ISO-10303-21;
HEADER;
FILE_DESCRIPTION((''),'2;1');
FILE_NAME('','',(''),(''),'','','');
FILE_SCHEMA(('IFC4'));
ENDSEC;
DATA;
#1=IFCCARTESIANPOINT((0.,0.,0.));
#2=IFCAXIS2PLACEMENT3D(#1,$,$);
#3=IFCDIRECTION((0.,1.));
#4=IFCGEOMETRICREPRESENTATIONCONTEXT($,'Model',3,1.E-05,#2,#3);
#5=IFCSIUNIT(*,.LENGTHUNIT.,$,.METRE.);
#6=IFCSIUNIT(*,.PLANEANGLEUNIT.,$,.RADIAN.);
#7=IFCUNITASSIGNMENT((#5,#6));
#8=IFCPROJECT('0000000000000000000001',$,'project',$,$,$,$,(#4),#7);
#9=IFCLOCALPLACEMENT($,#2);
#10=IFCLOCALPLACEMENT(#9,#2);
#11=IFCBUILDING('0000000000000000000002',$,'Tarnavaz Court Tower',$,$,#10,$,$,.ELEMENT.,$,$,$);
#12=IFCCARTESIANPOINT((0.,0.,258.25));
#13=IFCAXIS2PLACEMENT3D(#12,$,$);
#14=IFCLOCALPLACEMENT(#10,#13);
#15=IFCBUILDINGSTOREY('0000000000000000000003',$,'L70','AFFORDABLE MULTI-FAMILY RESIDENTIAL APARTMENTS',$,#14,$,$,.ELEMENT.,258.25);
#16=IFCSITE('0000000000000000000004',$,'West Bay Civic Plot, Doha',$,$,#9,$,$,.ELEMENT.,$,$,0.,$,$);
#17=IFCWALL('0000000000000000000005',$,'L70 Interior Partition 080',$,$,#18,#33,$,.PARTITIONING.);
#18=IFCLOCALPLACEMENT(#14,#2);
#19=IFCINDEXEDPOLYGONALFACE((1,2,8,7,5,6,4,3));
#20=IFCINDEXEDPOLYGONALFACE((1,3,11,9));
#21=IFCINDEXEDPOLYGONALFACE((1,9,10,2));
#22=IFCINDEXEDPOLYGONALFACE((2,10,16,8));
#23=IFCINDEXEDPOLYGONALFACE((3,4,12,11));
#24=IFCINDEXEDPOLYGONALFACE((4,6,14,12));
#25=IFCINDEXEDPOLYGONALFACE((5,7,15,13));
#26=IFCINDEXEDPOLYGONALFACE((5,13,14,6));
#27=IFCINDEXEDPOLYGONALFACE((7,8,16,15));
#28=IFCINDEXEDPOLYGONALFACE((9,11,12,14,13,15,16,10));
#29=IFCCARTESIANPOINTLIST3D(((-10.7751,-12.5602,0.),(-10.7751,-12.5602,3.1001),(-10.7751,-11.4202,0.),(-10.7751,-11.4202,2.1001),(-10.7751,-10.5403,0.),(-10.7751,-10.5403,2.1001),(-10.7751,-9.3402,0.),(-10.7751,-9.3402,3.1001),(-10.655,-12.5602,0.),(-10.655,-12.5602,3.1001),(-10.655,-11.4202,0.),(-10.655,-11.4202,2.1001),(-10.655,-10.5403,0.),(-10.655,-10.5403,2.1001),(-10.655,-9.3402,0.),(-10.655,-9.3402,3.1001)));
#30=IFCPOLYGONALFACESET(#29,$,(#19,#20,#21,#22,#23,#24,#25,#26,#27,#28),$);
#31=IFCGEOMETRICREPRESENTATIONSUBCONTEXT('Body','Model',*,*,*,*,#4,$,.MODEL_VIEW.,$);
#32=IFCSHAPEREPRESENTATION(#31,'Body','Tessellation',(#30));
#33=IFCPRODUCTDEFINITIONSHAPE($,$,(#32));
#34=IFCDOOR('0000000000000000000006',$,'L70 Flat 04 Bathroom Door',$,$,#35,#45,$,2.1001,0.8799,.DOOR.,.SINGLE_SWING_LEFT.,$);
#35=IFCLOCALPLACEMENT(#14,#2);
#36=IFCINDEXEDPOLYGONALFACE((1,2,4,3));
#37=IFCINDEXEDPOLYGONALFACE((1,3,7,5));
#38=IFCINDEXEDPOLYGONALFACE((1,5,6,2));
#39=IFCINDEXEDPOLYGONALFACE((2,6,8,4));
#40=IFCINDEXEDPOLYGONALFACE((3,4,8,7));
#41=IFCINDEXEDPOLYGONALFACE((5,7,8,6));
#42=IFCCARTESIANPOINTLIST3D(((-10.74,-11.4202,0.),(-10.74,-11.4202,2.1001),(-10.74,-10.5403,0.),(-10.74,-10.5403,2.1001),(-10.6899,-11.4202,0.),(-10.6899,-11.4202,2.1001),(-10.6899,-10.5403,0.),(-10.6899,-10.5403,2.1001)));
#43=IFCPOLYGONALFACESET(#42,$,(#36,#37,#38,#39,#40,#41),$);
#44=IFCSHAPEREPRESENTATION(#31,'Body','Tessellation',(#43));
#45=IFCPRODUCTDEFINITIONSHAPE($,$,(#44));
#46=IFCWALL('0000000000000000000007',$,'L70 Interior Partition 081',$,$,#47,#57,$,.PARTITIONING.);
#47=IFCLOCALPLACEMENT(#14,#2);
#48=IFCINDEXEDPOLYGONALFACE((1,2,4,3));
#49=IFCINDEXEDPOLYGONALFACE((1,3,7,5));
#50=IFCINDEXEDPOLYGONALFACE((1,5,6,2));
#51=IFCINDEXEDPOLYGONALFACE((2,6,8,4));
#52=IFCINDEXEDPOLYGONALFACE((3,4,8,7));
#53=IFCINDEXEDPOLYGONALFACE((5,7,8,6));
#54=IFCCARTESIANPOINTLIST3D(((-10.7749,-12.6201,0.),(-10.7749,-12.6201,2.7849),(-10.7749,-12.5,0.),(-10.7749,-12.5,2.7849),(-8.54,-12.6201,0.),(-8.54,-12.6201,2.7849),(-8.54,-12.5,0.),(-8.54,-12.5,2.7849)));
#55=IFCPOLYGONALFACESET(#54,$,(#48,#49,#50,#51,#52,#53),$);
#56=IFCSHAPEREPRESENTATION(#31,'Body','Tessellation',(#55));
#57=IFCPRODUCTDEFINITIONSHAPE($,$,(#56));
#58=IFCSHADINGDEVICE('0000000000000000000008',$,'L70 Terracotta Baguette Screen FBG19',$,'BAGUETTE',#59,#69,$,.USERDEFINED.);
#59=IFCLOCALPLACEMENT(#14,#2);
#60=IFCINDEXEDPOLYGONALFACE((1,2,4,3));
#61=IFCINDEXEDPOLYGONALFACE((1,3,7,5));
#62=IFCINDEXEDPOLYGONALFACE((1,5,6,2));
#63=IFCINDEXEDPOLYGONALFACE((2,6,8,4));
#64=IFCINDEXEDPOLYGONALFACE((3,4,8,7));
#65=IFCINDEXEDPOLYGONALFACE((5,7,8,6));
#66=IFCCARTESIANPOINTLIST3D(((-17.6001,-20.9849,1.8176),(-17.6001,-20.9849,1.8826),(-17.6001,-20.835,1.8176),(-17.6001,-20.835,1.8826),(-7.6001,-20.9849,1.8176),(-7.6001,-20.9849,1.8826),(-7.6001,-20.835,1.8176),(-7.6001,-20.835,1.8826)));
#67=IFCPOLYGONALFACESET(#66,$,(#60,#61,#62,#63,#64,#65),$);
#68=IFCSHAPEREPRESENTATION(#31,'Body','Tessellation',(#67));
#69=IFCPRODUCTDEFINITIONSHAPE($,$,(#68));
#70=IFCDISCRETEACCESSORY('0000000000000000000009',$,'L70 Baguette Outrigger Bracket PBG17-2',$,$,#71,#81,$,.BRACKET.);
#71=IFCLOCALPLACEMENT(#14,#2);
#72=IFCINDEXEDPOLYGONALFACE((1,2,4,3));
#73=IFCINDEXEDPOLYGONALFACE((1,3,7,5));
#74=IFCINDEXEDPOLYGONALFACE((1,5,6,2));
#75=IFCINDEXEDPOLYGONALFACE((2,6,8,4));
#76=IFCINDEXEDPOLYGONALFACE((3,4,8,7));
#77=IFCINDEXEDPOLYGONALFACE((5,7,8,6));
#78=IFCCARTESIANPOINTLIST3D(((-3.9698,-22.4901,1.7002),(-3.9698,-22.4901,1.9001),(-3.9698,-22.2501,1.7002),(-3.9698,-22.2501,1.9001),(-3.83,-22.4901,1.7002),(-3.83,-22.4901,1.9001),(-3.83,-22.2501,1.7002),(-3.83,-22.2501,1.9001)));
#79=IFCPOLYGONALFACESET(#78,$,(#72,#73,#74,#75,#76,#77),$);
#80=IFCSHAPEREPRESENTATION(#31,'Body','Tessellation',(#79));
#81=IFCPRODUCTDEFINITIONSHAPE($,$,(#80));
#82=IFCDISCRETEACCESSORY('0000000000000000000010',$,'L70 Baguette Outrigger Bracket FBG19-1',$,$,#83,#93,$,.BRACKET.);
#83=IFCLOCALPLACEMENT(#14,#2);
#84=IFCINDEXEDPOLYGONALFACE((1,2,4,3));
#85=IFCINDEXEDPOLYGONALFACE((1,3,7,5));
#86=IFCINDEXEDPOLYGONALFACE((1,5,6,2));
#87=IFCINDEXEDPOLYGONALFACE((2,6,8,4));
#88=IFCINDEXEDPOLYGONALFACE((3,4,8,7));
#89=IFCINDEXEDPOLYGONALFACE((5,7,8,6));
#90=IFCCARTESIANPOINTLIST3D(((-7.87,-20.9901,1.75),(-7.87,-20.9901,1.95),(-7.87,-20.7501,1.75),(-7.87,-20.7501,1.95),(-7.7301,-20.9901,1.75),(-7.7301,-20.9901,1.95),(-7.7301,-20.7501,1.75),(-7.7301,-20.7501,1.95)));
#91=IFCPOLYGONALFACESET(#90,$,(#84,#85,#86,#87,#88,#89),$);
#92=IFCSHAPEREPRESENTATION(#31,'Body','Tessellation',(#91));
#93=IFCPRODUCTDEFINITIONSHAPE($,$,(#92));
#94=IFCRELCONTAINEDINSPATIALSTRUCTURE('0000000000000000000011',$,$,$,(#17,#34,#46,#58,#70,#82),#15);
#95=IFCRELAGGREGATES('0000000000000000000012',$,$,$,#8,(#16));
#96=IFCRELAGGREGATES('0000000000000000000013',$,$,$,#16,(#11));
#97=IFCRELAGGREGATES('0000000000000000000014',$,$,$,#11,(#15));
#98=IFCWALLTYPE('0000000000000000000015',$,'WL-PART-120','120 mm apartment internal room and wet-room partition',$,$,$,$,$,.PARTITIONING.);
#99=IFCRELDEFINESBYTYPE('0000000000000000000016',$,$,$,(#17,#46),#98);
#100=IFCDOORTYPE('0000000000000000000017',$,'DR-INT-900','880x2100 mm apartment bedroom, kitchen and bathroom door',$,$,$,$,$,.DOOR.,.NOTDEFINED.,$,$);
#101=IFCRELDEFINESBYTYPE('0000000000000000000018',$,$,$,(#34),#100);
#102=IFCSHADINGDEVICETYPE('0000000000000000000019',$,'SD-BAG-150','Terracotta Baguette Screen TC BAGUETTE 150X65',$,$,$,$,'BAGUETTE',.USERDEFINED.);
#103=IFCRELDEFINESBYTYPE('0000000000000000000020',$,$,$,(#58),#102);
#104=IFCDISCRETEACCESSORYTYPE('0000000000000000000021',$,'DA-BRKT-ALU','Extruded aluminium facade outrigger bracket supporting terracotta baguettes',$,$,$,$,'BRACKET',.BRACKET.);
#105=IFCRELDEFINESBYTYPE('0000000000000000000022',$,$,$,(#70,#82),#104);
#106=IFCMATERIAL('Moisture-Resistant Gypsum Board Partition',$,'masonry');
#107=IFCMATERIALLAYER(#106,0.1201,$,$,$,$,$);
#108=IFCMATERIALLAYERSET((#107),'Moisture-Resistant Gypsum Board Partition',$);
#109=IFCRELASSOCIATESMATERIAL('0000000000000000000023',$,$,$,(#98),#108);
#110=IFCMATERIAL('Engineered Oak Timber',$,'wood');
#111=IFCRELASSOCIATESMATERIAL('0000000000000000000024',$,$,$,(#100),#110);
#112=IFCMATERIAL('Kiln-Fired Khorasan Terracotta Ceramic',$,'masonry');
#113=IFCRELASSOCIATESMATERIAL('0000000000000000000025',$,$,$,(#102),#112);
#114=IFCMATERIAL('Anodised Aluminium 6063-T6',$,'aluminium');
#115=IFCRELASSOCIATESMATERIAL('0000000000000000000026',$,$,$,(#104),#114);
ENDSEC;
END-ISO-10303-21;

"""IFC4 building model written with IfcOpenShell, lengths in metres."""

from ifc_helpers import new_model, si_unit, direction, frame, frame_2d, origin, origin_2d, place, context, subcontext, project, spatial, rectangle, extrude, material, layer, layer_set, material_profile, profile_set, type_object, element, fill, save


model = new_model("IFC4")

# Units and contexts
model_context = context("Model", 3, precision=1e-05, world=origin(), true_north=direction((0.0, 1.0)))
body_context = subcontext(model_context, "Body", "Model", "MODEL_VIEW")
ifc_project = project(units=[si_unit("LENGTHUNIT", "METRE"), si_unit("PLANEANGLEUNIT", "RADIAN")], contexts=[model_context])

# Site, building, storey
site_placement = place(None, origin())
site = spatial("IfcSite", under=ifc_project, at=site_placement, Name="West Bay Civic Plot, Doha", CompositionType="ELEMENT", RefElevation=0.0)
building_placement = place(site_placement, origin())
building = spatial("IfcBuilding", under=site, at=building_placement, Name="Tarnavaz Court Tower", CompositionType="ELEMENT")
storey_placement = place(building_placement, frame((0.0, 0.0, 258.25)))
storey = spatial("IfcBuildingStorey", under=building, at=storey_placement, Name="L70", Description="AFFORDABLE MULTI-FAMILY RESIDENTIAL APARTMENTS", CompositionType="ELEMENT", Elevation=258.25)

# Shared definitions
ifc_material_1 = material(Name="Anodised Aluminium 6063-T6", Category="aluminium")

# Wall, opening, door
ifc_material_2 = material(Name="Moisture-Resistant Gypsum Board Partition", Category="masonry")
ifc_layer_1 = layer(ifc_material_2, 0.1201)
ifc_layer_set_1 = layer_set([ifc_layer_1], Name="Moisture-Resistant Gypsum Board Partition")
wall_type_1 = type_object("IfcWallType", Name="WL-PART-120", Description="120 mm apartment internal room and wet-room partition", PredefinedType="PARTITIONING", material=ifc_layer_set_1)
ifc_material_3 = material(Name="Engineered Oak Timber", Category="wood")
door_type = type_object("IfcDoorType", Name="DR-INT-900", Description="880x2100 mm apartment bedroom, kitchen and bathroom door", OperationType="NOTDEFINED", PredefinedType="DOOR", material=ifc_material_3)
wall_1_placement = place(storey_placement, frame((-10.7151, -12.5601, 0.0), z_axis=(0.0, 0.0, 1.0), x_axis=(0.0, 1.0, 0.0)))
wall_1 = element("IfcWall", 1, at=wall_1_placement, inside=storey, type_object=wall_type_1, Name="L70 Interior Partition 080", PredefinedType="PARTITIONING", context=body_context, shape_type="SweptSolid", body=[
    extrude(rectangle(XDim=3.22, YDim=0.1201, at=frame_2d((1.6099, 0.0))), origin(), (0.0, 0.0, 1.0), 3.1001),
])
opening_1_placement = place(wall_1_placement, frame((1.1399, 0.0, 0.0)))
opening_1 = element("IfcOpeningElement", 2, at=opening_1_placement, cuts=wall_1, PredefinedType="OPENING", context=body_context, shape_type="SweptSolid", body=[
    extrude(rectangle(XDim=0.8799, YDim=2.1001, at=frame_2d((0.4399, 1.05))), frame((0.0, 0.0701, 0.0), z_axis=(0.0, -1.0, 0.0), x_axis=(1.0, 0.0, 0.0)), (0.0, 0.0, 1.0), 0.1401),
])
door_1_placement = place(opening_1_placement, origin())
door_1 = element("IfcDoor", 3, at=door_1_placement, inside=storey, type_object=door_type, Name="L70 Flat 04 Bathroom Door", OperationType="SINGLE_SWING_LEFT", OverallHeight=2.1001, OverallWidth=0.8799, PredefinedType="DOOR", context=body_context, shape_type="SweptSolid", body=[
    extrude(rectangle(XDim=0.8799, YDim=2.1001, at=frame_2d((0.4399, 1.05))), frame((0.0, 0.0249, 0.0), z_axis=(0.0, -1.0, 0.0), x_axis=(1.0, 0.0, 0.0)), (0.0, 0.0, 1.0), 0.05),
])
fill(opening_1, door_1)

# Wall
wall_2_placement = place(storey_placement, frame((-10.7749, -12.5601, 0.0), z_axis=(0.0, 0.0, 1.0), x_axis=(1.0, 0.0, 0.0)))
element("IfcWall", 4, at=wall_2_placement, inside=storey, type_object=wall_type_1, Name="L70 Interior Partition 081", PredefinedType="PARTITIONING", context=body_context, shape_type="SweptSolid", body=[
    extrude(rectangle(XDim=2.2349, YDim=0.1201, at=frame_2d((1.1174, 0.0))), origin(), (0.0, 0.0, 1.0), 2.7849),
])

# Shading device
ifc_material_4 = material(Name="Kiln-Fired Khorasan Terracotta Ceramic", Category="masonry")
ifc_material_profile_1 = material_profile(ifc_material_4, rectangle(XDim=0.1499, YDim=0.0649, at=origin_2d()), Name="TC BAGUETTE 150X65")
ifc_profile_set_1 = profile_set([ifc_material_profile_1], Name="Kiln-Fired Khorasan Terracotta Ceramic")
shading_device_type = type_object("IfcShadingDeviceType", Name="SD-BAG-150", Description="Terracotta Baguette Screen TC BAGUETTE 150X65", ElementType="BAGUETTE", PredefinedType="USERDEFINED", material=ifc_profile_set_1)
shading_device_placement = place(storey_placement, frame((-7.6001, -20.9099, 1.8501), z_axis=(-1.0, 0.0, 0.0), x_axis=(0.0, -1.0, 0.0)))
element("IfcShadingDevice", 5, at=shading_device_placement, inside=storey, type_object=shading_device_type, Name="L70 Terracotta Baguette Screen FBG19", ObjectType="BAGUETTE", PredefinedType="USERDEFINED", context=body_context, shape_type="SweptSolid", body=[
    extrude(rectangle(XDim=0.1499, YDim=0.0649, at=origin_2d()), origin(), (0.0, 0.0, 1.0), 10.0),
])

# Discrete accessories
discrete_accessory_type = type_object("IfcDiscreteAccessoryType", Name="DA-BRKT-ALU", Description="Extruded aluminium facade outrigger bracket supporting terracotta baguettes", ElementType="BRACKET", PredefinedType="BRACKET", material=ifc_material_1)
for number, where, z_axis, x_axis, name in (
    (6, (-3.8999, -22.3701, 1.7002), (0.0, 0.0, 1.0), (-1.0, 0.0, 0.0), "L70 Baguette Outrigger Bracket PBG17-2"),
    (7, (-7.8, -20.8701, 1.75), (0.0, 0.0, 1.0), (-1.0, 0.0, 0.0), "L70 Baguette Outrigger Bracket FBG19-1"),
):
    element("IfcDiscreteAccessory", number, at=place(storey_placement, frame(where, z_axis=z_axis, x_axis=x_axis)), inside=storey, type_object=discrete_accessory_type, Name=name, PredefinedType="BRACKET", context=body_context, shape_type="SweptSolid", body=[
        extrude(rectangle(XDim=0.1399, YDim=0.24, at=origin_2d()), origin(), (0.0, 0.0, 1.0), 0.2),
    ])

save(model, "model.ifc")
